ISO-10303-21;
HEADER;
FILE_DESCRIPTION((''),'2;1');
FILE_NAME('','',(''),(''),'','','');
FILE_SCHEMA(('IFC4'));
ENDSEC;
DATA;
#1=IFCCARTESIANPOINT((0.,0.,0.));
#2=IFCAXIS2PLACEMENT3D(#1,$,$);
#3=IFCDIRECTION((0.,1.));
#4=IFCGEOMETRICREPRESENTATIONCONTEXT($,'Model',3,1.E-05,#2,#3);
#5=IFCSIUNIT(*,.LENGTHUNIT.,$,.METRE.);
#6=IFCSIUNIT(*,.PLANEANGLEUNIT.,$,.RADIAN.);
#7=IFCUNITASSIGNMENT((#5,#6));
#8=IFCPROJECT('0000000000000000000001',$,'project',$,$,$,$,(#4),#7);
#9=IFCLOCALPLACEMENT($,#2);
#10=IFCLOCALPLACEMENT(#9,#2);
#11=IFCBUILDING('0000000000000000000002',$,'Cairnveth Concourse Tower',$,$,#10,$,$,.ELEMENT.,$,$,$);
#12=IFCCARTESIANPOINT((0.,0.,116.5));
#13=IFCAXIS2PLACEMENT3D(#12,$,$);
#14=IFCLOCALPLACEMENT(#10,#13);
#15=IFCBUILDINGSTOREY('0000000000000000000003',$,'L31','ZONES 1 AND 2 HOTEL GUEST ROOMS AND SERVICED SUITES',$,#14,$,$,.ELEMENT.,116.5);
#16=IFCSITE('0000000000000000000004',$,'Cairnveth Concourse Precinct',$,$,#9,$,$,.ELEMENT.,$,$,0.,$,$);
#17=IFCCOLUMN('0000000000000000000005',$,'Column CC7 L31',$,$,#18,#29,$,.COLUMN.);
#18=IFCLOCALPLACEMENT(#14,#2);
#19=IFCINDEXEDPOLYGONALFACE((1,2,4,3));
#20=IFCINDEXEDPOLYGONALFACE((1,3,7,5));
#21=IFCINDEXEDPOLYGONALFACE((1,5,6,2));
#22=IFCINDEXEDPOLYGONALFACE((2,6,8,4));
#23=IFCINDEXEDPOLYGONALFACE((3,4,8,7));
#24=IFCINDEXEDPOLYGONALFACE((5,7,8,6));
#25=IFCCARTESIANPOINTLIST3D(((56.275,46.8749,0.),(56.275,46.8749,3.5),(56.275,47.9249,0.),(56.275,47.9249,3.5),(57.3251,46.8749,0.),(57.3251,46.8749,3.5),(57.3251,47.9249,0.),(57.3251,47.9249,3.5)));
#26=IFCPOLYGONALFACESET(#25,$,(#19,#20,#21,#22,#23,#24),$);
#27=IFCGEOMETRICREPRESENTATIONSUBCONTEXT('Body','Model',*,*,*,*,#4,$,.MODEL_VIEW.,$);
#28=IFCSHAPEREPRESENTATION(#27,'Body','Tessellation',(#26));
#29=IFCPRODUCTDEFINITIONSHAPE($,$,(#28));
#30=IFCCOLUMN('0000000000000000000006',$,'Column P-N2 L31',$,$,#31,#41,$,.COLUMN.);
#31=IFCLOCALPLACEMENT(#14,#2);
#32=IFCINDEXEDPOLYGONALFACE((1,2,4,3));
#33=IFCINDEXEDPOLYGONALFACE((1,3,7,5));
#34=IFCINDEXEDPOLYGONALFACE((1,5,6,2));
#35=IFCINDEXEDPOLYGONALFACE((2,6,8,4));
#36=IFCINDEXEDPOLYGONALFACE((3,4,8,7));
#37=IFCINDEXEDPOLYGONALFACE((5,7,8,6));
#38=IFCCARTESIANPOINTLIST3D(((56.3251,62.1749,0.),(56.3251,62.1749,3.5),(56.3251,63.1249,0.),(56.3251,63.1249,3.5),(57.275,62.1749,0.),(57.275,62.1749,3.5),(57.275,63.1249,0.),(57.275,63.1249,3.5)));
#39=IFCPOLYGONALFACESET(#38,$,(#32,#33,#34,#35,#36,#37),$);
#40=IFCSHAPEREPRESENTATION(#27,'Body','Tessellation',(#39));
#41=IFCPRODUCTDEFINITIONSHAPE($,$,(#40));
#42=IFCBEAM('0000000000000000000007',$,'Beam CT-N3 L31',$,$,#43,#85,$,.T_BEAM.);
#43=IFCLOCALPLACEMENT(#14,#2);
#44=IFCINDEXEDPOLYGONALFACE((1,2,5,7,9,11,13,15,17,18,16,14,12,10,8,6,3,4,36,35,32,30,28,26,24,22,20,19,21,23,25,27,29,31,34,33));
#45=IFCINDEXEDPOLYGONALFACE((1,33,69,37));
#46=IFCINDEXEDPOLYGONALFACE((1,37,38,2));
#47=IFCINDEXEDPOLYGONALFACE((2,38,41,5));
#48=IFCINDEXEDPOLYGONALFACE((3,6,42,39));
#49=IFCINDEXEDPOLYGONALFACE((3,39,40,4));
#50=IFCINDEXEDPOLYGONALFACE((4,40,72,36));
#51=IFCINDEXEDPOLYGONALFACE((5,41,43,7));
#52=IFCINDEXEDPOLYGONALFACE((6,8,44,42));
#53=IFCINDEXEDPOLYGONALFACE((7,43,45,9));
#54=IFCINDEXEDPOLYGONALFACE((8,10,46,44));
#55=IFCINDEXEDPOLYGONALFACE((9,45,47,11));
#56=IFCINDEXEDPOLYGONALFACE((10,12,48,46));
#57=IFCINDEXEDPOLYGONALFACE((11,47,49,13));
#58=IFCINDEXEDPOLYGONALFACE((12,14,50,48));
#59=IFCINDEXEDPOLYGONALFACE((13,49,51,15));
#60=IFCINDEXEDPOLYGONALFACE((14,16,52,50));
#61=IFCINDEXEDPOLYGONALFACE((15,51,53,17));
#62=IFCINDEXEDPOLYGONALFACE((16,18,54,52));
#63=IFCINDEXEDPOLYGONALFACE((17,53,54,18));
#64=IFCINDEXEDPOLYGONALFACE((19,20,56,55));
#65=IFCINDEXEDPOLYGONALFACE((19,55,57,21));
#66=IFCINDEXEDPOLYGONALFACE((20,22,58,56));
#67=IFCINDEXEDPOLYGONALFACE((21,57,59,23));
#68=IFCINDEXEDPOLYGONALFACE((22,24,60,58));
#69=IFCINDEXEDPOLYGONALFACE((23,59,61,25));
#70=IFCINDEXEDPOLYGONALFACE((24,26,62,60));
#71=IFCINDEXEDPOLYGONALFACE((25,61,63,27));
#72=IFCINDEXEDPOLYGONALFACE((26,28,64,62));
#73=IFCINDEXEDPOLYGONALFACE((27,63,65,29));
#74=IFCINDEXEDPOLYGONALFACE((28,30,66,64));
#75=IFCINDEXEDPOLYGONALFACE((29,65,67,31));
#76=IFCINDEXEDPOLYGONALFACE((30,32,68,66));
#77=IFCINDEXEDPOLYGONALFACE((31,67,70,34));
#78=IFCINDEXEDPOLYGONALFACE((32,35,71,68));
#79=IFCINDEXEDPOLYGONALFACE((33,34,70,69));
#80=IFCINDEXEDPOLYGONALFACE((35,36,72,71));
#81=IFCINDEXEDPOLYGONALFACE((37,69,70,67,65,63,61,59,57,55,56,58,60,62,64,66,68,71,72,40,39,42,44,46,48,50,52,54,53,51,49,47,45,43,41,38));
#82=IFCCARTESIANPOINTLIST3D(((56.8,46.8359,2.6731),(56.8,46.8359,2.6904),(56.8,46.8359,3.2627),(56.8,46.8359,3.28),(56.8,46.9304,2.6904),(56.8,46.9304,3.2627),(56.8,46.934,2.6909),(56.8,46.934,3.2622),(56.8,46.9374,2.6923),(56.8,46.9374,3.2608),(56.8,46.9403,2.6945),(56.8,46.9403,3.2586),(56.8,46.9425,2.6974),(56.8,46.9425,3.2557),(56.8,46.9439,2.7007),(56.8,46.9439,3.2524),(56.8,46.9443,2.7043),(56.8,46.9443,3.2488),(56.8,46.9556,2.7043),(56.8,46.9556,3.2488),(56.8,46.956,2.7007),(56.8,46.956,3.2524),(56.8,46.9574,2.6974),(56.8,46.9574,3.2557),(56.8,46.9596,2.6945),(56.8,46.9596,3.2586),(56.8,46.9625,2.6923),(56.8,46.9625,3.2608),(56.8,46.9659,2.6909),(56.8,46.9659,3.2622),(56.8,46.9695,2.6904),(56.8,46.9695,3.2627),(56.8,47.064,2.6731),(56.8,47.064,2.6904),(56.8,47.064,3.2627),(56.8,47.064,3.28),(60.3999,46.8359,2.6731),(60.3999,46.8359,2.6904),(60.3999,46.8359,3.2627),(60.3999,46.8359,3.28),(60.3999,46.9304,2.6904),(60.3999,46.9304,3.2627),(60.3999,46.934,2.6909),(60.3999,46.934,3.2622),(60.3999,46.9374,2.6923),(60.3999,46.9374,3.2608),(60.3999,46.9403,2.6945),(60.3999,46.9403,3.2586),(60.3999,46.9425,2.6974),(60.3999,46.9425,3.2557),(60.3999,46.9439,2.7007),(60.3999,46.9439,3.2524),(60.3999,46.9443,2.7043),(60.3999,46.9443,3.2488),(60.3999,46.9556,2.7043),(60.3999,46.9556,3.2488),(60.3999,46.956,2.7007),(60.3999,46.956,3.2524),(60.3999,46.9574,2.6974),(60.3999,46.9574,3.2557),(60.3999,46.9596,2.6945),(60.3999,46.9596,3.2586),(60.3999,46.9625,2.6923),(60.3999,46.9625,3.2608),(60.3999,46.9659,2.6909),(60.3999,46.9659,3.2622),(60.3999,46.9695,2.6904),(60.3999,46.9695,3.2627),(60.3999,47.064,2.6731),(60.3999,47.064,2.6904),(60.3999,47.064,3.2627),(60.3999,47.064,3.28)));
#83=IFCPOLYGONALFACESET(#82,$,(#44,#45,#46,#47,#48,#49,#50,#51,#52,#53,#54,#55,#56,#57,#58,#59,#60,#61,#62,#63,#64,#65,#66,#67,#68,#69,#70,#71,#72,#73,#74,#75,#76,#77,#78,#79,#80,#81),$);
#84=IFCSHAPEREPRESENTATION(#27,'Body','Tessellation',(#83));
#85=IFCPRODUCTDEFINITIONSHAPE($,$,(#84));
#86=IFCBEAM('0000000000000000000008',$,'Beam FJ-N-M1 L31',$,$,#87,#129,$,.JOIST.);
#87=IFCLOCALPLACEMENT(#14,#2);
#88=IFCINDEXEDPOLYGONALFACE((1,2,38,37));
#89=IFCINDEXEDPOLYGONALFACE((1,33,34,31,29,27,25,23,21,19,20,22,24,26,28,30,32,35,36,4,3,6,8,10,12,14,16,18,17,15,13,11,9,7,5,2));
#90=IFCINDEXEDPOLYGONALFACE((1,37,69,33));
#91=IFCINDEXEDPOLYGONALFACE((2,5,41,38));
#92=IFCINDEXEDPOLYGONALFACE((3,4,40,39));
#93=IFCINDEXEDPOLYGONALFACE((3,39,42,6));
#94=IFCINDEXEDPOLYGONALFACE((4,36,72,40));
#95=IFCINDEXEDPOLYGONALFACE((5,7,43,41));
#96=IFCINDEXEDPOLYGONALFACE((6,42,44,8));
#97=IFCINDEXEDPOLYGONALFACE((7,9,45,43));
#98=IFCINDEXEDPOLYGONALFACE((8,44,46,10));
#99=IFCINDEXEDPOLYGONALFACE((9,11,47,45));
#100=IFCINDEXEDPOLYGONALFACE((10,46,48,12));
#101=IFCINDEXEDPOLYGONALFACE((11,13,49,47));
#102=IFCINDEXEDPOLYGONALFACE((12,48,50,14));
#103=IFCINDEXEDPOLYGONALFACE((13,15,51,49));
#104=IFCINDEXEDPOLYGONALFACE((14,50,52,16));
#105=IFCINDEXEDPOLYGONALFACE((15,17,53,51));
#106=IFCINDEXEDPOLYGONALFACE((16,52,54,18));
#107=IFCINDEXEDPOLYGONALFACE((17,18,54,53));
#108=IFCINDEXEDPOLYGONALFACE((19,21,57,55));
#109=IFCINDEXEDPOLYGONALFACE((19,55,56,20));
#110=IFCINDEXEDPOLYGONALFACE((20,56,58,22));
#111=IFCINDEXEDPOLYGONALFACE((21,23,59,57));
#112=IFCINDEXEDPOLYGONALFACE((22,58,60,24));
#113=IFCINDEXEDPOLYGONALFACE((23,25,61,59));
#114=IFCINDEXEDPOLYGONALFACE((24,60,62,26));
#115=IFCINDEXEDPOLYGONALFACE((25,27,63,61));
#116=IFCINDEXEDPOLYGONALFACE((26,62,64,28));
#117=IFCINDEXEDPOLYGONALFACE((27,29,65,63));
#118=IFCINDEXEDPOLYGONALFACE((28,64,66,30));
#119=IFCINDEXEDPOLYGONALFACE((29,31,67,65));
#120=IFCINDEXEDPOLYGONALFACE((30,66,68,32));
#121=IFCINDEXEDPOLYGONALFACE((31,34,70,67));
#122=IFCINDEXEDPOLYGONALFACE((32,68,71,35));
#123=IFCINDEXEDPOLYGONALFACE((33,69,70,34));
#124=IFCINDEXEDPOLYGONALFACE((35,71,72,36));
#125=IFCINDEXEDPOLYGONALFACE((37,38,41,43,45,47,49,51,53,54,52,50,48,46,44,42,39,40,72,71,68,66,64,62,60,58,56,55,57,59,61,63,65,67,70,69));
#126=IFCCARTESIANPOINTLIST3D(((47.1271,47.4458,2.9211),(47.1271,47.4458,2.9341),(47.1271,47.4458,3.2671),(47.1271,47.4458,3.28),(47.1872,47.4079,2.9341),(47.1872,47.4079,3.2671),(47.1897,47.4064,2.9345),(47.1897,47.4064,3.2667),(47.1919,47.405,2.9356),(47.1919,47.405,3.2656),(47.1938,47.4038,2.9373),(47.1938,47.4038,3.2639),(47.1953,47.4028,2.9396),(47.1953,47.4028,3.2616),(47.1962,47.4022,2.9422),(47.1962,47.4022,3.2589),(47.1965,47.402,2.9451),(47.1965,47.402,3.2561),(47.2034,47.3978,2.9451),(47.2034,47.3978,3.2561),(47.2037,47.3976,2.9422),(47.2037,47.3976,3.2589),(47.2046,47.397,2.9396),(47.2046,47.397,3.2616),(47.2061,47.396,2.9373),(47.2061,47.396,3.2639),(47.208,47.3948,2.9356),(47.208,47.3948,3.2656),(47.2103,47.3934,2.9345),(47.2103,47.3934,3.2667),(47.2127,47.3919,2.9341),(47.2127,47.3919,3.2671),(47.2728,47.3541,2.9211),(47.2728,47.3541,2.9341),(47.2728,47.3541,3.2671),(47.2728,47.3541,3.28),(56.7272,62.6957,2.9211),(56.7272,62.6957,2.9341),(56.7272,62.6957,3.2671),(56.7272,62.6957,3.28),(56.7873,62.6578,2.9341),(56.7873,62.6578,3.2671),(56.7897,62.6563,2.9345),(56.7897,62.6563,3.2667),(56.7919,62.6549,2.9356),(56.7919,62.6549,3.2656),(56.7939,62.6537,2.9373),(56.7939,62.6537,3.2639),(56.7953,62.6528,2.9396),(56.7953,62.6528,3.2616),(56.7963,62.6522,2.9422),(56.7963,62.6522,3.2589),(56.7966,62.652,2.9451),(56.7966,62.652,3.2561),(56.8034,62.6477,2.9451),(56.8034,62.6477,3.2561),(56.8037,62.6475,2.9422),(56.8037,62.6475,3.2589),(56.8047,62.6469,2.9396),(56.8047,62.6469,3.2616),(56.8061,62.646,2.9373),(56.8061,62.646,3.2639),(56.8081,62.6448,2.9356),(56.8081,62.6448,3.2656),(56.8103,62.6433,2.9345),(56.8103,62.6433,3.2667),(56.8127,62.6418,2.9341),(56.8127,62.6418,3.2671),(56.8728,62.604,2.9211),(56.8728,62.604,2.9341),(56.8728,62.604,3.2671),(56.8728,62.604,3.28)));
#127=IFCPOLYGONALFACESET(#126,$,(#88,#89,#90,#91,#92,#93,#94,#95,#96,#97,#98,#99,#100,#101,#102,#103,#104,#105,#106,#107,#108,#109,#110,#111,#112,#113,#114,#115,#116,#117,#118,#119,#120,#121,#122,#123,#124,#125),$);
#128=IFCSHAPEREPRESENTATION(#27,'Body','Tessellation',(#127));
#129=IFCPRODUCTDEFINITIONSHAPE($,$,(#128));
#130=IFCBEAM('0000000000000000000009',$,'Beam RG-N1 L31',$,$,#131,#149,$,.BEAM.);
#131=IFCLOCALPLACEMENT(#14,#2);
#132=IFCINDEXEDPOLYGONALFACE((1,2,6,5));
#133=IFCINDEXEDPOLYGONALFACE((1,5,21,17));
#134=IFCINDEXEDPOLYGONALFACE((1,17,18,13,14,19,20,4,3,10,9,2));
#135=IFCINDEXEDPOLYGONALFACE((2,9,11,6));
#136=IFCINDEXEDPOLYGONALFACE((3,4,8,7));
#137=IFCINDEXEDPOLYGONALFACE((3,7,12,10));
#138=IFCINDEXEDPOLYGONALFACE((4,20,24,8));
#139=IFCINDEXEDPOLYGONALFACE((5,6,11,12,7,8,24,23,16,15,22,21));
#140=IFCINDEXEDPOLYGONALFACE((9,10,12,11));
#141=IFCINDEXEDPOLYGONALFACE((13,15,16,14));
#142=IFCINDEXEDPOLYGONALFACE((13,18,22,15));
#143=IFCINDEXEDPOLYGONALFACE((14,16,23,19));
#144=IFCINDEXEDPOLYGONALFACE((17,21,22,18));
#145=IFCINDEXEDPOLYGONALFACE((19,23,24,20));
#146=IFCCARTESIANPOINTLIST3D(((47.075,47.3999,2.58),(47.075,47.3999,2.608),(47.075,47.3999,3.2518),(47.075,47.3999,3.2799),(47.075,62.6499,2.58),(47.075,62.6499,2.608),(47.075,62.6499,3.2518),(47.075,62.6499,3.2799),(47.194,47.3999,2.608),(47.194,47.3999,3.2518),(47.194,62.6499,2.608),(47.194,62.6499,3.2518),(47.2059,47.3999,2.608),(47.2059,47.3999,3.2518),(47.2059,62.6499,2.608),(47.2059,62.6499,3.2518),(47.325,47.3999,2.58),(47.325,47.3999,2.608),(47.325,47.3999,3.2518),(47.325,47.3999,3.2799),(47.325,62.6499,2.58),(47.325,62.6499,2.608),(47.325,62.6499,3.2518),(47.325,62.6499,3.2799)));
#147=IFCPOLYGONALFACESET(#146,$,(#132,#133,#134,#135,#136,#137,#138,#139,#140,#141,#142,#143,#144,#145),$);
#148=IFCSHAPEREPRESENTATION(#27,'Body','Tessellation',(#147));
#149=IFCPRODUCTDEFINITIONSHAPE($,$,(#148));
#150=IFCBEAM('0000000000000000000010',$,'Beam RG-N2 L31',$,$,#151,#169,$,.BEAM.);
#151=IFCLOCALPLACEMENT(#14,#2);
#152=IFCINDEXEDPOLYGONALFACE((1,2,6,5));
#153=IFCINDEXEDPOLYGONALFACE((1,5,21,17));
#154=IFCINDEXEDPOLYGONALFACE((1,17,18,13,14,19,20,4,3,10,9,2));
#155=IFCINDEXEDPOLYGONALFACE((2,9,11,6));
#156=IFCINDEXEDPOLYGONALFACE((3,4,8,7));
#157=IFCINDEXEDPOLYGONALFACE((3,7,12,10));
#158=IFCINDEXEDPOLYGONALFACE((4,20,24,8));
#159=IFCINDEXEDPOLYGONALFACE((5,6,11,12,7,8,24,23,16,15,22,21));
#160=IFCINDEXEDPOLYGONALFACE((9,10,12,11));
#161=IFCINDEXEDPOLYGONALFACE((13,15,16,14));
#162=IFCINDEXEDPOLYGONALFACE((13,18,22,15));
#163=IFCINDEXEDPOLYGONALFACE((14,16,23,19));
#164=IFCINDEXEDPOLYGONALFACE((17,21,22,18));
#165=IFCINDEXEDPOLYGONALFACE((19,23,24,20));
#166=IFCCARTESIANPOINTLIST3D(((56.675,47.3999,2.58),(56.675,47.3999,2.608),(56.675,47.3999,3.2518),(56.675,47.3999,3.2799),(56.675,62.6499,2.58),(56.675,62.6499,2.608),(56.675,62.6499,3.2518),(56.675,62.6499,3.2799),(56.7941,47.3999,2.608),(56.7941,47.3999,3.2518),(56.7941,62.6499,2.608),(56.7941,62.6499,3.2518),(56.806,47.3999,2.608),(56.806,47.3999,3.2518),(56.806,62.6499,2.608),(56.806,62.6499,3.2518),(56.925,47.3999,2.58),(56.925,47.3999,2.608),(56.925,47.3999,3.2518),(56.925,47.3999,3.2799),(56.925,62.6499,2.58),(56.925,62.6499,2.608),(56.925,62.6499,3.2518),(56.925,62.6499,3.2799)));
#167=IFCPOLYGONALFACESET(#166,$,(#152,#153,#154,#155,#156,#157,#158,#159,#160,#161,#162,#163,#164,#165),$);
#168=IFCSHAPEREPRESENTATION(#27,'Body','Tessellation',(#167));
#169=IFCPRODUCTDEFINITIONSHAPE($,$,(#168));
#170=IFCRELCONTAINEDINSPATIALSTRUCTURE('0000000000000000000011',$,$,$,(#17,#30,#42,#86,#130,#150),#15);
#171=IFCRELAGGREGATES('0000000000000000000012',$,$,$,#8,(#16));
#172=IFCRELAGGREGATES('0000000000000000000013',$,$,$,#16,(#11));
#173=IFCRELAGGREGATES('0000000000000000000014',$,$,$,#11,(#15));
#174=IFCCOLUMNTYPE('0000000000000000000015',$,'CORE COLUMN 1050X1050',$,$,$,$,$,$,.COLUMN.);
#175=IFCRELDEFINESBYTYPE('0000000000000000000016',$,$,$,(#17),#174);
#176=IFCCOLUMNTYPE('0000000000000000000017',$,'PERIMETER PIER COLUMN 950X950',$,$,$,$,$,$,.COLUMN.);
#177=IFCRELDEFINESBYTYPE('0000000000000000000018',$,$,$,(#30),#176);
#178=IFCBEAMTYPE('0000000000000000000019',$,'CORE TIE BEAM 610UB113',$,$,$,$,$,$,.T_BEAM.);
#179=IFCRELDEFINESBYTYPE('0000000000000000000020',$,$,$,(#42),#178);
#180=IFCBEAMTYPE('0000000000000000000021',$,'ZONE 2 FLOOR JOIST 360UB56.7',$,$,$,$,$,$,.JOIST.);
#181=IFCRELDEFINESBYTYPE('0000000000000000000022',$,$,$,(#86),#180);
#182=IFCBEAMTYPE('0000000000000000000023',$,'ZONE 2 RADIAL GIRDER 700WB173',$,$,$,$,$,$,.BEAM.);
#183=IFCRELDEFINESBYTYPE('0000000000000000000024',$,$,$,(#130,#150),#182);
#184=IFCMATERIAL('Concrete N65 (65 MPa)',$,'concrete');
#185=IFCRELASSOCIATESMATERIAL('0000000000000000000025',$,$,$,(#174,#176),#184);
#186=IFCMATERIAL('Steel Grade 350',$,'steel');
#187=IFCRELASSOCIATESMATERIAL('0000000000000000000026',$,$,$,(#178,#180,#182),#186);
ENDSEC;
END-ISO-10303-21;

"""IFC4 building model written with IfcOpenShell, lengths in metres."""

from ifc_helpers import new_model, si_unit, direction, frame, origin, origin_2d, place, context, subcontext, project, spatial, rectangle, i_section, extrude, material, material_profile, profile_set, type_object, element, save


model = new_model("IFC4")

# Units and contexts
model_context = context("Model", 3, precision=1e-05, world=origin(), true_north=direction((0.0, 1.0)))
body_context = subcontext(model_context, "Body", "Model", "MODEL_VIEW")
ifc_project = project(units=[si_unit("LENGTHUNIT", "METRE"), si_unit("PLANEANGLEUNIT", "RADIAN")], contexts=[model_context])

# Site, building, storey
site_placement = place(None, origin())
site = spatial("IfcSite", under=ifc_project, at=site_placement, Name="Cairnveth Concourse Precinct", CompositionType="ELEMENT", RefElevation=0.0)
building_placement = place(site_placement, origin())
building = spatial("IfcBuilding", under=site, at=building_placement, Name="Cairnveth Concourse Tower", CompositionType="ELEMENT")
storey_placement = place(building_placement, frame((0.0, 0.0, 116.5)))
storey = spatial("IfcBuildingStorey", under=building, at=storey_placement, Name="L31", Description="ZONES 1 AND 2 HOTEL GUEST ROOMS AND SERVICED SUITES", CompositionType="ELEMENT", Elevation=116.5)

# Columns
ifc_material_1 = material(Name="Concrete N65 (65 MPa)", Category="concrete")
ifc_material_profile_1 = material_profile(ifc_material_1, rectangle(XDim=1.05, YDim=1.05, at=origin_2d()), Name="RC-COL-1050x1050")
ifc_profile_set_1 = profile_set([ifc_material_profile_1], Name="Concrete N65 (65 MPa)")
column_type_1 = type_object("IfcColumnType", Name="CORE COLUMN 1050X1050", PredefinedType="COLUMN", material=ifc_profile_set_1)
column_1_placement = place(storey_placement, frame((56.8, 47.3999, 0.0), z_axis=(0.0, 0.0, 1.0), x_axis=(1.0, 0.0, 0.0)))
element("IfcColumn", 1, at=column_1_placement, inside=storey, type_object=column_type_1, Name="Column CC7 L31", PredefinedType="COLUMN", context=body_context, shape_type="SweptSolid", body=[
    extrude(rectangle(XDim=1.05, YDim=1.05, at=origin_2d()), origin(), (0.0, 0.0, 1.0), 3.5),
])
ifc_material_profile_2 = material_profile(ifc_material_1, rectangle(XDim=0.95, YDim=0.95, at=origin_2d()), Name="RC-COL-950x950")
ifc_profile_set_2 = profile_set([ifc_material_profile_2], Name="Concrete N65 (65 MPa)")
column_type_2 = type_object("IfcColumnType", Name="PERIMETER PIER COLUMN 950X950", PredefinedType="COLUMN", material=ifc_profile_set_2)
column_2_placement = place(storey_placement, frame((56.8, 62.6499, 0.0), z_axis=(0.0, 0.0, 1.0), x_axis=(1.0, 0.0, 0.0)))
element("IfcColumn", 2, at=column_2_placement, inside=storey, type_object=column_type_2, Name="Column P-N2 L31", PredefinedType="COLUMN", context=body_context, shape_type="SweptSolid", body=[
    extrude(rectangle(XDim=0.95, YDim=0.95, at=origin_2d()), origin(), (0.0, 0.0, 1.0), 3.5),
])

# Beams
ifc_material_2 = material(Name="Steel Grade 350", Category="steel")
ifc_material_profile_3 = material_profile(ifc_material_2, i_section(OverallWidth=0.228, OverallDepth=0.6069, WebThickness=0.0112, FlangeThickness=0.0173, FilletRadius=0.0139, at=origin_2d()), Name="610UB113")
ifc_profile_set_3 = profile_set([ifc_material_profile_3], Name="Steel Grade 350")
beam_type_1 = type_object("IfcBeamType", Name="CORE TIE BEAM 610UB113", PredefinedType="T_BEAM", material=ifc_profile_set_3)
beam_1_placement = place(storey_placement, frame((56.8, 46.95, 2.9766), z_axis=(1.0, 0.0, 0.0), x_axis=(0.0, 1.0, 0.0)))
element("IfcBeam", 3, at=beam_1_placement, inside=storey, type_object=beam_type_1, Name="Beam CT-N3 L31", PredefinedType="T_BEAM", context=body_context, shape_type="SweptSolid", body=[
    extrude(i_section(OverallWidth=0.228, OverallDepth=0.6069, WebThickness=0.0112, FlangeThickness=0.0173, FilletRadius=0.0139, at=origin_2d()), origin(), (0.0, 0.0, 1.0), 3.5999),
])
ifc_material_profile_4 = material_profile(ifc_material_2, i_section(OverallWidth=0.1721, OverallDepth=0.3589, WebThickness=0.0081, FlangeThickness=0.0129, FilletRadius=0.011, at=origin_2d()), Name="360UB56.7")
ifc_profile_set_4 = profile_set([ifc_material_profile_4], Name="Steel Grade 350")
beam_type_2 = type_object("IfcBeamType", Name="ZONE 2 FLOOR JOIST 360UB56.7", PredefinedType="JOIST", material=ifc_profile_set_4)
beam_2_placement = place(storey_placement, frame((47.2, 47.3999, 3.1006), z_axis=(0.532744, 0.846277, 0.0), x_axis=(-0.846277, 0.532744, 0.0)))
element("IfcBeam", 4, at=beam_2_placement, inside=storey, type_object=beam_type_2, Name="Beam FJ-N-M1 L31", PredefinedType="JOIST", context=body_context, shape_type="SweptSolid", body=[
    extrude(i_section(OverallWidth=0.1721, OverallDepth=0.3589, WebThickness=0.0081, FlangeThickness=0.0129, FilletRadius=0.011, at=origin_2d()), origin(), (0.0, 0.0, 1.0), 18.02),
])
ifc_material_profile_5 = material_profile(ifc_material_2, i_section(OverallWidth=0.25, OverallDepth=0.7, WebThickness=0.012, FlangeThickness=0.0281, at=origin_2d()), Name="700WB173")
ifc_profile_set_5 = profile_set([ifc_material_profile_5], Name="Steel Grade 350")
beam_type_3 = type_object("IfcBeamType", Name="ZONE 2 RADIAL GIRDER 700WB173", PredefinedType="BEAM", material=ifc_profile_set_5)
for number, where, z_axis, x_axis, name in (
    (5, (47.2, 47.3999, 2.9299), (0.0, 1.0, 0.0), (-1.0, 0.0, 0.0), "Beam RG-N1 L31"),
    (6, (56.8, 47.3999, 2.9299), (0.0, 1.0, 0.0), (-1.0, 0.0, 0.0), "Beam RG-N2 L31"),
):
    element("IfcBeam", number, at=place(storey_placement, frame(where, z_axis=z_axis, x_axis=x_axis)), inside=storey, type_object=beam_type_3, Name=name, PredefinedType="BEAM", context=body_context, shape_type="SweptSolid", body=[
        extrude(i_section(OverallWidth=0.25, OverallDepth=0.7, WebThickness=0.012, FlangeThickness=0.0281, at=origin_2d()), origin(), (0.0, 0.0, 1.0), 15.25),
    ])

save(model, "model.ifc")
